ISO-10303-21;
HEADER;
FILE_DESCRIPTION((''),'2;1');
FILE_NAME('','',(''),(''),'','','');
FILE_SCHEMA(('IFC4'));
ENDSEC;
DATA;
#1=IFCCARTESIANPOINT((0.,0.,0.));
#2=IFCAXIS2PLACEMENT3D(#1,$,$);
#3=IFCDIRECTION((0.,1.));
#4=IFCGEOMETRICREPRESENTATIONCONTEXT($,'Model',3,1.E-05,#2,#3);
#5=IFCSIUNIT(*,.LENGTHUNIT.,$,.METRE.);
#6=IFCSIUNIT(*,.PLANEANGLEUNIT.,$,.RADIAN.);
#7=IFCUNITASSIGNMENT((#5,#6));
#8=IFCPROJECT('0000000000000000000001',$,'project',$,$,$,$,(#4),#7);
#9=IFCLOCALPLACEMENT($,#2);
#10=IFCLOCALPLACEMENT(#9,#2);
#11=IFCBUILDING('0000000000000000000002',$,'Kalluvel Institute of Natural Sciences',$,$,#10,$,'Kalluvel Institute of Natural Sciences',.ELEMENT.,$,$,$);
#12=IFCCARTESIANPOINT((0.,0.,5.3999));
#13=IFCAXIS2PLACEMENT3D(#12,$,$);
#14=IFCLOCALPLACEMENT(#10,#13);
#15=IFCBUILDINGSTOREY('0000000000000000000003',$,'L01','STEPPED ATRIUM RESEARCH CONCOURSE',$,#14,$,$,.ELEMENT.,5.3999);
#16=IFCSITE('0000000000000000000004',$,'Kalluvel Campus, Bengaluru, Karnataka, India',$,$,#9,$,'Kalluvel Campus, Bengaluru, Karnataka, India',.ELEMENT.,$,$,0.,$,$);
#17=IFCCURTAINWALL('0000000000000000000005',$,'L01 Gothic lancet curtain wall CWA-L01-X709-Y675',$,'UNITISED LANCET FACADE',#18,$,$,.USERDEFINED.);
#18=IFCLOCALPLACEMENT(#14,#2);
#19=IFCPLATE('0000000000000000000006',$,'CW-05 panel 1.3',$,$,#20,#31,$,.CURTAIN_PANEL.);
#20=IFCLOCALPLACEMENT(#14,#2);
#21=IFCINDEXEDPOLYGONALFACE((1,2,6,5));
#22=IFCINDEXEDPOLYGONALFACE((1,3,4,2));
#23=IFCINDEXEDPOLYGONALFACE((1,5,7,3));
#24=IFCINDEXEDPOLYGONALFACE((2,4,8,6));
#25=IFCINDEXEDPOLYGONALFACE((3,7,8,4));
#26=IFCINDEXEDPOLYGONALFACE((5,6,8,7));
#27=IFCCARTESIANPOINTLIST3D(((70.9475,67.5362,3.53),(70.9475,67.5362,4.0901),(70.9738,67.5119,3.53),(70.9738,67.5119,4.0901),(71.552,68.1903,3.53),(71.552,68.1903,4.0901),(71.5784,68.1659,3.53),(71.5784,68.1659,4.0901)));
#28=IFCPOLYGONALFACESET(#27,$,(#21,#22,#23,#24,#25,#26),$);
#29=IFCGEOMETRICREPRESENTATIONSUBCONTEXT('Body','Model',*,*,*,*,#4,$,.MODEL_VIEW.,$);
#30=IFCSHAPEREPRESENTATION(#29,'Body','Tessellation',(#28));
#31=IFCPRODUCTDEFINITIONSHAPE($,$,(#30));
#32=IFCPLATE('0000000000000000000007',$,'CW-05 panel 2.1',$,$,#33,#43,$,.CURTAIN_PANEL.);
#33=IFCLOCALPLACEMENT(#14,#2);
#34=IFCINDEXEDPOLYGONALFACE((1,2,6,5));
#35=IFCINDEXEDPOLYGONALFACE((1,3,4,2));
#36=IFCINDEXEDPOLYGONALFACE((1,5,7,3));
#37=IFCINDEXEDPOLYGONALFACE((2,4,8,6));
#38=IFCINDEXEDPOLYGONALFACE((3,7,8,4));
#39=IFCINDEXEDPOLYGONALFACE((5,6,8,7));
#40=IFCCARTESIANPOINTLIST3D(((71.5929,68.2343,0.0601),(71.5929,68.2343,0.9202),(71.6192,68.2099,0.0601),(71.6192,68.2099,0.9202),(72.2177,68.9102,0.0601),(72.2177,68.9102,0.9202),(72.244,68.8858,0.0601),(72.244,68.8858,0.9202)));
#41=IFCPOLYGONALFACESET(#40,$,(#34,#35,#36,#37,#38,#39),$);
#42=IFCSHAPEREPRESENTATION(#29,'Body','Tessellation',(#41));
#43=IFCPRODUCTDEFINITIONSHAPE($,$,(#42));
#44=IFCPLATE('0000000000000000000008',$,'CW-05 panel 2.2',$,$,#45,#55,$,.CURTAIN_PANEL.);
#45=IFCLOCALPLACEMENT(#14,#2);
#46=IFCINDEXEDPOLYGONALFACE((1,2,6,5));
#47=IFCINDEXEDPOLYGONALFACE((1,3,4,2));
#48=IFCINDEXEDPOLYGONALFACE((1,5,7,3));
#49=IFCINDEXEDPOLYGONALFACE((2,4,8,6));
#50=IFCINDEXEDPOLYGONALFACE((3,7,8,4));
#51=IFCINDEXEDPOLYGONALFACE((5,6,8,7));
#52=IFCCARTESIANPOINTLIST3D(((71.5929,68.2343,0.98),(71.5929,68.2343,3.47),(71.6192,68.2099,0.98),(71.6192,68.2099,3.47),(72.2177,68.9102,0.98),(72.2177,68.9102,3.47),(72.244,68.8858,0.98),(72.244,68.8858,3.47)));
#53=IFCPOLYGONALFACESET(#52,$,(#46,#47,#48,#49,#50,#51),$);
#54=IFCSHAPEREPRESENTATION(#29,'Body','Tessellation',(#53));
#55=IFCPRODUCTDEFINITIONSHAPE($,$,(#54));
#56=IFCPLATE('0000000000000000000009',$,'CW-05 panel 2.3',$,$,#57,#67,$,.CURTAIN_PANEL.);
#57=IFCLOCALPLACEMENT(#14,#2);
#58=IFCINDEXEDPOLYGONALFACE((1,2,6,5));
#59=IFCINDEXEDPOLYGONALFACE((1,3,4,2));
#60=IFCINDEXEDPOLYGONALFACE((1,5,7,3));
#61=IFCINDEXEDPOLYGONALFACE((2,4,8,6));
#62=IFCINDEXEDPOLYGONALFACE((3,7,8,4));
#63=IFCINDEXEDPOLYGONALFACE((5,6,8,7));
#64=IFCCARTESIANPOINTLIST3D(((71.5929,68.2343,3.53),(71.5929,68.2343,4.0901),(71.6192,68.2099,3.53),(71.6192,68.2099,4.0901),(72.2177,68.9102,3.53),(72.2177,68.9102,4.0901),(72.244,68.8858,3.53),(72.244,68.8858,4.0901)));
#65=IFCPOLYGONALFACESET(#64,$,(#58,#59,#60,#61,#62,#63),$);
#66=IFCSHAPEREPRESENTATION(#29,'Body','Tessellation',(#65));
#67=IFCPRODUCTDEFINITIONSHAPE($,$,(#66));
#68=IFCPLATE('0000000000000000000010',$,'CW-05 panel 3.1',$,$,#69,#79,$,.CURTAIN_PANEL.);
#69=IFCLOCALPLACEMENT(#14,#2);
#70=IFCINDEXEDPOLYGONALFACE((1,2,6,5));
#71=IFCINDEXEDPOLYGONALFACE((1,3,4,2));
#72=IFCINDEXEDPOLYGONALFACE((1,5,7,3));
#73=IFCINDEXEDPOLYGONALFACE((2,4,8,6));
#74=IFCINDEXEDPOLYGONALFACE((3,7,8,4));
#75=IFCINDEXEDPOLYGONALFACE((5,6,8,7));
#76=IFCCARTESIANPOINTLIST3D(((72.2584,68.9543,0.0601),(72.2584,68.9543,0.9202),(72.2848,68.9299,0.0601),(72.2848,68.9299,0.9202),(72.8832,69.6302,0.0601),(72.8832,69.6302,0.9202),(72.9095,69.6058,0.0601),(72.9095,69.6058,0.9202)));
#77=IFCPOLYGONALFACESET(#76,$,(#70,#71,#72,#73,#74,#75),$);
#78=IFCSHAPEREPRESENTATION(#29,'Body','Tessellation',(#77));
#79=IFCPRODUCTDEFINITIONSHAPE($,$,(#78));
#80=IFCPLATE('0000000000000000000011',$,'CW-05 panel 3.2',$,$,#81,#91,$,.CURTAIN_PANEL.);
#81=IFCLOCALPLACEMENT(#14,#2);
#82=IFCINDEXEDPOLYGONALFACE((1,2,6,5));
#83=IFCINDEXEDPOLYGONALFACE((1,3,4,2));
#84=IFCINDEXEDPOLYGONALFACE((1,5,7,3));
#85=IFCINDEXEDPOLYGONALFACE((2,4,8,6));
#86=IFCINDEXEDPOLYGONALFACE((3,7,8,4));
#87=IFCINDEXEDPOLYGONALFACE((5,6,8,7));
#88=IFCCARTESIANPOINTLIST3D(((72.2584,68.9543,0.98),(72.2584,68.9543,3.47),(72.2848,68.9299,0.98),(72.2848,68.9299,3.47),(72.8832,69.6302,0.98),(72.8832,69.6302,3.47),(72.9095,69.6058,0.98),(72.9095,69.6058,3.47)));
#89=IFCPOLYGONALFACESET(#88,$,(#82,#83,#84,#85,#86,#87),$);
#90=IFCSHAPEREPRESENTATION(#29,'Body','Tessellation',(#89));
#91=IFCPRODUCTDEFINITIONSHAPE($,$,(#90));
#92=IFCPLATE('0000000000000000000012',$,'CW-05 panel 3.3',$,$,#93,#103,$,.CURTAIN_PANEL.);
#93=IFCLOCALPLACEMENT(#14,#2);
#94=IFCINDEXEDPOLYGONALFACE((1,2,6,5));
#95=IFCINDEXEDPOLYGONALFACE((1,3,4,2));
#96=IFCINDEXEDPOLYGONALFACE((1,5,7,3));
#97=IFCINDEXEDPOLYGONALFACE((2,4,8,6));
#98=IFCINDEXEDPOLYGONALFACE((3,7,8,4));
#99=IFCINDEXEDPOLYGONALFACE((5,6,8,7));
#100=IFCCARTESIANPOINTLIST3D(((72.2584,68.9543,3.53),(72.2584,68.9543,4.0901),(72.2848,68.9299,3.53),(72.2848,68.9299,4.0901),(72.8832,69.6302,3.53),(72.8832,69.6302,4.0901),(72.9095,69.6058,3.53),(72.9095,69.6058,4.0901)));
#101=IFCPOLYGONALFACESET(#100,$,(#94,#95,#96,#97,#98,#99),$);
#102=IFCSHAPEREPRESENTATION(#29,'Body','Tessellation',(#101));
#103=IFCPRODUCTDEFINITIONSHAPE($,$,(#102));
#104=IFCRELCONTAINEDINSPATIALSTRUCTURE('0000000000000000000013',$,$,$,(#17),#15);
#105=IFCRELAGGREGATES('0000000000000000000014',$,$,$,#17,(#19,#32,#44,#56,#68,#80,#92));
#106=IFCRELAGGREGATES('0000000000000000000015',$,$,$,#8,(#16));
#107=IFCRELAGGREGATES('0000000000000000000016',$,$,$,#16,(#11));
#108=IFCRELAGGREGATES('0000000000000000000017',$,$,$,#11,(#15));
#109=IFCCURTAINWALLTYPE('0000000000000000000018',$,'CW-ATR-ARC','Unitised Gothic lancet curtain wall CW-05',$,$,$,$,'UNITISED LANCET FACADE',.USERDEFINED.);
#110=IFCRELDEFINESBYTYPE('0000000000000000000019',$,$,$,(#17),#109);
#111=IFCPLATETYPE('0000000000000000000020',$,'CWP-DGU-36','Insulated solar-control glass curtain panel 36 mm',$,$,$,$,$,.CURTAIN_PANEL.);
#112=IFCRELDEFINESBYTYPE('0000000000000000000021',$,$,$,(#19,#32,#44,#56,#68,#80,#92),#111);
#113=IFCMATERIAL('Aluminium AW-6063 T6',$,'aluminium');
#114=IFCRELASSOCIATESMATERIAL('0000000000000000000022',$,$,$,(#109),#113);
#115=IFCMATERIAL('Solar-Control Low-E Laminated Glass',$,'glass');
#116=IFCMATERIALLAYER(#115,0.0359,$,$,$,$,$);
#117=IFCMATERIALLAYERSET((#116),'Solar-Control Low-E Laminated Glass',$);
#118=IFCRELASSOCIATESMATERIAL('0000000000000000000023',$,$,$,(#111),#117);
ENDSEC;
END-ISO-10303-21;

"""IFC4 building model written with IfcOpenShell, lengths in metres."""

from ifc_helpers import new_model, si_unit, direction, frame, origin, origin_2d, place, context, subcontext, project, spatial, rectangle, extrude, material, layer, layer_set, type_object, element, aggregate, save


model = new_model("IFC4")

# Units and contexts
model_context = context("Model", 3, precision=1e-05, world=origin(), true_north=direction((0.0, 1.0)))
body_context = subcontext(model_context, "Body", "Model", "MODEL_VIEW")
ifc_project = project(units=[si_unit("LENGTHUNIT", "METRE"), si_unit("PLANEANGLEUNIT", "RADIAN")], contexts=[model_context])

# Site, building, storey
site_placement = place(None, origin())
site = spatial("IfcSite", under=ifc_project, at=site_placement, Name="Kalluvel Campus, Bengaluru, Karnataka, India", LongName="Kalluvel Campus, Bengaluru, Karnataka, India", CompositionType="ELEMENT", RefElevation=0.0)
building_placement = place(site_placement, origin())
building = spatial("IfcBuilding", under=site, at=building_placement, Name="Kalluvel Institute of Natural Sciences", LongName="Kalluvel Institute of Natural Sciences", CompositionType="ELEMENT")
storey_placement = place(building_placement, frame((0.0, 0.0, 5.3999)))
storey = spatial("IfcBuildingStorey", under=building, at=storey_placement, Name="L01", Description="STEPPED ATRIUM RESEARCH CONCOURSE", CompositionType="ELEMENT", Elevation=5.3999)

# Curtain wall, plates
ifc_material_1 = material(Name="Aluminium AW-6063 T6", Category="aluminium")
curtain_wall_type = type_object("IfcCurtainWallType", Name="CW-ATR-ARC", Description="Unitised Gothic lancet curtain wall CW-05", ElementType="UNITISED LANCET FACADE", PredefinedType="USERDEFINED", material=ifc_material_1)
curtain_wall_placement = place(storey_placement, origin())
curtain_wall = element("IfcCurtainWall", 1, at=curtain_wall_placement, inside=storey, type_object=curtain_wall_type, Name="L01 Gothic lancet curtain wall CWA-L01-X709-Y675", ObjectType="UNITISED LANCET FACADE", PredefinedType="USERDEFINED")
ifc_material_2 = material(Name="Solar-Control Low-E Laminated Glass", Category="glass")
ifc_layer = layer(ifc_material_2, 0.0359)
ifc_layer_set = layer_set([ifc_layer], Name="Solar-Control Low-E Laminated Glass")
plate_type = type_object("IfcPlateType", Name="CWP-DGU-36", Description="Insulated solar-control glass curtain panel 36 mm", PredefinedType="CURTAIN_PANEL", material=ifc_layer_set)
plate_1_placement = place(storey_placement, frame((71.2629, 67.8511, 3.53), z_axis=(0.0, 0.0, 1.0), x_axis=(0.678796, 0.734327, 0.0)))
plate_1 = element("IfcPlate", 2, at=plate_1_placement, type_object=plate_type, Name="CW-05 panel 1.3", PredefinedType="CURTAIN_PANEL", context=body_context, shape_type="SweptSolid", body=[
    extrude(rectangle(XDim=0.8906, YDim=0.0359, at=origin_2d()), origin(), (0.0, 0.0, 1.0), 0.5601),
])
plate_2_placement = place(storey_placement, frame((71.9185, 68.5601, 0.0601), z_axis=(0.0, 0.0, 1.0), x_axis=(0.678796, 0.734327, 0.0)))
plate_2 = element("IfcPlate", 3, at=plate_2_placement, type_object=plate_type, Name="CW-05 panel 2.1", PredefinedType="CURTAIN_PANEL", context=body_context, shape_type="SweptSolid", body=[
    extrude(rectangle(XDim=0.9204, YDim=0.0359, at=origin_2d()), origin(), (0.0, 0.0, 1.0), 0.8601),
])
plate_3_placement = place(storey_placement, frame((71.9185, 68.5601, 0.98), z_axis=(0.0, 0.0, 1.0), x_axis=(0.678796, 0.734327, 0.0)))
plate_3 = element("IfcPlate", 4, at=plate_3_placement, type_object=plate_type, Name="CW-05 panel 2.2", PredefinedType="CURTAIN_PANEL", context=body_context, shape_type="SweptSolid", body=[
    extrude(rectangle(XDim=0.9204, YDim=0.0359, at=origin_2d()), origin(), (0.0, 0.0, 1.0), 2.49),
])
plate_4_placement = place(storey_placement, frame((71.9185, 68.5601, 3.53), z_axis=(0.0, 0.0, 1.0), x_axis=(0.678796, 0.734327, 0.0)))
plate_4 = element("IfcPlate", 5, at=plate_4_placement, type_object=plate_type, Name="CW-05 panel 2.3", PredefinedType="CURTAIN_PANEL", context=body_context, shape_type="SweptSolid", body=[
    extrude(rectangle(XDim=0.9204, YDim=0.0359, at=origin_2d()), origin(), (0.0, 0.0, 1.0), 0.5601),
])
plate_5_placement = place(storey_placement, frame((72.584, 69.28, 0.0601), z_axis=(0.0, 0.0, 1.0), x_axis=(0.678796, 0.734327, 0.0)))
plate_5 = element("IfcPlate", 6, at=plate_5_placement, type_object=plate_type, Name="CW-05 panel 3.1", PredefinedType="CURTAIN_PANEL", context=body_context, shape_type="SweptSolid", body=[
    extrude(rectangle(XDim=0.9204, YDim=0.0359, at=origin_2d()), origin(), (0.0, 0.0, 1.0), 0.8601),
])
plate_6_placement = place(storey_placement, frame((72.584, 69.28, 0.98), z_axis=(0.0, 0.0, 1.0), x_axis=(0.678796, 0.734327, 0.0)))
plate_6 = element("IfcPlate", 7, at=plate_6_placement, type_object=plate_type, Name="CW-05 panel 3.2", PredefinedType="CURTAIN_PANEL", context=body_context, shape_type="SweptSolid", body=[
    extrude(rectangle(XDim=0.9204, YDim=0.0359, at=origin_2d()), origin(), (0.0, 0.0, 1.0), 2.49),
])
plate_7_placement = place(storey_placement, frame((72.584, 69.28, 3.53), z_axis=(0.0, 0.0, 1.0), x_axis=(0.678796, 0.734327, 0.0)))
plate_7 = element("IfcPlate", 8, at=plate_7_placement, type_object=plate_type, Name="CW-05 panel 3.3", PredefinedType="CURTAIN_PANEL", context=body_context, shape_type="SweptSolid", body=[
    extrude(rectangle(XDim=0.9204, YDim=0.0359, at=origin_2d()), origin(), (0.0, 0.0, 1.0), 0.5601),
])
aggregate(curtain_wall, [plate_1, plate_2, plate_3, plate_4, plate_5, plate_6, plate_7])

save(model, "model.ifc")
